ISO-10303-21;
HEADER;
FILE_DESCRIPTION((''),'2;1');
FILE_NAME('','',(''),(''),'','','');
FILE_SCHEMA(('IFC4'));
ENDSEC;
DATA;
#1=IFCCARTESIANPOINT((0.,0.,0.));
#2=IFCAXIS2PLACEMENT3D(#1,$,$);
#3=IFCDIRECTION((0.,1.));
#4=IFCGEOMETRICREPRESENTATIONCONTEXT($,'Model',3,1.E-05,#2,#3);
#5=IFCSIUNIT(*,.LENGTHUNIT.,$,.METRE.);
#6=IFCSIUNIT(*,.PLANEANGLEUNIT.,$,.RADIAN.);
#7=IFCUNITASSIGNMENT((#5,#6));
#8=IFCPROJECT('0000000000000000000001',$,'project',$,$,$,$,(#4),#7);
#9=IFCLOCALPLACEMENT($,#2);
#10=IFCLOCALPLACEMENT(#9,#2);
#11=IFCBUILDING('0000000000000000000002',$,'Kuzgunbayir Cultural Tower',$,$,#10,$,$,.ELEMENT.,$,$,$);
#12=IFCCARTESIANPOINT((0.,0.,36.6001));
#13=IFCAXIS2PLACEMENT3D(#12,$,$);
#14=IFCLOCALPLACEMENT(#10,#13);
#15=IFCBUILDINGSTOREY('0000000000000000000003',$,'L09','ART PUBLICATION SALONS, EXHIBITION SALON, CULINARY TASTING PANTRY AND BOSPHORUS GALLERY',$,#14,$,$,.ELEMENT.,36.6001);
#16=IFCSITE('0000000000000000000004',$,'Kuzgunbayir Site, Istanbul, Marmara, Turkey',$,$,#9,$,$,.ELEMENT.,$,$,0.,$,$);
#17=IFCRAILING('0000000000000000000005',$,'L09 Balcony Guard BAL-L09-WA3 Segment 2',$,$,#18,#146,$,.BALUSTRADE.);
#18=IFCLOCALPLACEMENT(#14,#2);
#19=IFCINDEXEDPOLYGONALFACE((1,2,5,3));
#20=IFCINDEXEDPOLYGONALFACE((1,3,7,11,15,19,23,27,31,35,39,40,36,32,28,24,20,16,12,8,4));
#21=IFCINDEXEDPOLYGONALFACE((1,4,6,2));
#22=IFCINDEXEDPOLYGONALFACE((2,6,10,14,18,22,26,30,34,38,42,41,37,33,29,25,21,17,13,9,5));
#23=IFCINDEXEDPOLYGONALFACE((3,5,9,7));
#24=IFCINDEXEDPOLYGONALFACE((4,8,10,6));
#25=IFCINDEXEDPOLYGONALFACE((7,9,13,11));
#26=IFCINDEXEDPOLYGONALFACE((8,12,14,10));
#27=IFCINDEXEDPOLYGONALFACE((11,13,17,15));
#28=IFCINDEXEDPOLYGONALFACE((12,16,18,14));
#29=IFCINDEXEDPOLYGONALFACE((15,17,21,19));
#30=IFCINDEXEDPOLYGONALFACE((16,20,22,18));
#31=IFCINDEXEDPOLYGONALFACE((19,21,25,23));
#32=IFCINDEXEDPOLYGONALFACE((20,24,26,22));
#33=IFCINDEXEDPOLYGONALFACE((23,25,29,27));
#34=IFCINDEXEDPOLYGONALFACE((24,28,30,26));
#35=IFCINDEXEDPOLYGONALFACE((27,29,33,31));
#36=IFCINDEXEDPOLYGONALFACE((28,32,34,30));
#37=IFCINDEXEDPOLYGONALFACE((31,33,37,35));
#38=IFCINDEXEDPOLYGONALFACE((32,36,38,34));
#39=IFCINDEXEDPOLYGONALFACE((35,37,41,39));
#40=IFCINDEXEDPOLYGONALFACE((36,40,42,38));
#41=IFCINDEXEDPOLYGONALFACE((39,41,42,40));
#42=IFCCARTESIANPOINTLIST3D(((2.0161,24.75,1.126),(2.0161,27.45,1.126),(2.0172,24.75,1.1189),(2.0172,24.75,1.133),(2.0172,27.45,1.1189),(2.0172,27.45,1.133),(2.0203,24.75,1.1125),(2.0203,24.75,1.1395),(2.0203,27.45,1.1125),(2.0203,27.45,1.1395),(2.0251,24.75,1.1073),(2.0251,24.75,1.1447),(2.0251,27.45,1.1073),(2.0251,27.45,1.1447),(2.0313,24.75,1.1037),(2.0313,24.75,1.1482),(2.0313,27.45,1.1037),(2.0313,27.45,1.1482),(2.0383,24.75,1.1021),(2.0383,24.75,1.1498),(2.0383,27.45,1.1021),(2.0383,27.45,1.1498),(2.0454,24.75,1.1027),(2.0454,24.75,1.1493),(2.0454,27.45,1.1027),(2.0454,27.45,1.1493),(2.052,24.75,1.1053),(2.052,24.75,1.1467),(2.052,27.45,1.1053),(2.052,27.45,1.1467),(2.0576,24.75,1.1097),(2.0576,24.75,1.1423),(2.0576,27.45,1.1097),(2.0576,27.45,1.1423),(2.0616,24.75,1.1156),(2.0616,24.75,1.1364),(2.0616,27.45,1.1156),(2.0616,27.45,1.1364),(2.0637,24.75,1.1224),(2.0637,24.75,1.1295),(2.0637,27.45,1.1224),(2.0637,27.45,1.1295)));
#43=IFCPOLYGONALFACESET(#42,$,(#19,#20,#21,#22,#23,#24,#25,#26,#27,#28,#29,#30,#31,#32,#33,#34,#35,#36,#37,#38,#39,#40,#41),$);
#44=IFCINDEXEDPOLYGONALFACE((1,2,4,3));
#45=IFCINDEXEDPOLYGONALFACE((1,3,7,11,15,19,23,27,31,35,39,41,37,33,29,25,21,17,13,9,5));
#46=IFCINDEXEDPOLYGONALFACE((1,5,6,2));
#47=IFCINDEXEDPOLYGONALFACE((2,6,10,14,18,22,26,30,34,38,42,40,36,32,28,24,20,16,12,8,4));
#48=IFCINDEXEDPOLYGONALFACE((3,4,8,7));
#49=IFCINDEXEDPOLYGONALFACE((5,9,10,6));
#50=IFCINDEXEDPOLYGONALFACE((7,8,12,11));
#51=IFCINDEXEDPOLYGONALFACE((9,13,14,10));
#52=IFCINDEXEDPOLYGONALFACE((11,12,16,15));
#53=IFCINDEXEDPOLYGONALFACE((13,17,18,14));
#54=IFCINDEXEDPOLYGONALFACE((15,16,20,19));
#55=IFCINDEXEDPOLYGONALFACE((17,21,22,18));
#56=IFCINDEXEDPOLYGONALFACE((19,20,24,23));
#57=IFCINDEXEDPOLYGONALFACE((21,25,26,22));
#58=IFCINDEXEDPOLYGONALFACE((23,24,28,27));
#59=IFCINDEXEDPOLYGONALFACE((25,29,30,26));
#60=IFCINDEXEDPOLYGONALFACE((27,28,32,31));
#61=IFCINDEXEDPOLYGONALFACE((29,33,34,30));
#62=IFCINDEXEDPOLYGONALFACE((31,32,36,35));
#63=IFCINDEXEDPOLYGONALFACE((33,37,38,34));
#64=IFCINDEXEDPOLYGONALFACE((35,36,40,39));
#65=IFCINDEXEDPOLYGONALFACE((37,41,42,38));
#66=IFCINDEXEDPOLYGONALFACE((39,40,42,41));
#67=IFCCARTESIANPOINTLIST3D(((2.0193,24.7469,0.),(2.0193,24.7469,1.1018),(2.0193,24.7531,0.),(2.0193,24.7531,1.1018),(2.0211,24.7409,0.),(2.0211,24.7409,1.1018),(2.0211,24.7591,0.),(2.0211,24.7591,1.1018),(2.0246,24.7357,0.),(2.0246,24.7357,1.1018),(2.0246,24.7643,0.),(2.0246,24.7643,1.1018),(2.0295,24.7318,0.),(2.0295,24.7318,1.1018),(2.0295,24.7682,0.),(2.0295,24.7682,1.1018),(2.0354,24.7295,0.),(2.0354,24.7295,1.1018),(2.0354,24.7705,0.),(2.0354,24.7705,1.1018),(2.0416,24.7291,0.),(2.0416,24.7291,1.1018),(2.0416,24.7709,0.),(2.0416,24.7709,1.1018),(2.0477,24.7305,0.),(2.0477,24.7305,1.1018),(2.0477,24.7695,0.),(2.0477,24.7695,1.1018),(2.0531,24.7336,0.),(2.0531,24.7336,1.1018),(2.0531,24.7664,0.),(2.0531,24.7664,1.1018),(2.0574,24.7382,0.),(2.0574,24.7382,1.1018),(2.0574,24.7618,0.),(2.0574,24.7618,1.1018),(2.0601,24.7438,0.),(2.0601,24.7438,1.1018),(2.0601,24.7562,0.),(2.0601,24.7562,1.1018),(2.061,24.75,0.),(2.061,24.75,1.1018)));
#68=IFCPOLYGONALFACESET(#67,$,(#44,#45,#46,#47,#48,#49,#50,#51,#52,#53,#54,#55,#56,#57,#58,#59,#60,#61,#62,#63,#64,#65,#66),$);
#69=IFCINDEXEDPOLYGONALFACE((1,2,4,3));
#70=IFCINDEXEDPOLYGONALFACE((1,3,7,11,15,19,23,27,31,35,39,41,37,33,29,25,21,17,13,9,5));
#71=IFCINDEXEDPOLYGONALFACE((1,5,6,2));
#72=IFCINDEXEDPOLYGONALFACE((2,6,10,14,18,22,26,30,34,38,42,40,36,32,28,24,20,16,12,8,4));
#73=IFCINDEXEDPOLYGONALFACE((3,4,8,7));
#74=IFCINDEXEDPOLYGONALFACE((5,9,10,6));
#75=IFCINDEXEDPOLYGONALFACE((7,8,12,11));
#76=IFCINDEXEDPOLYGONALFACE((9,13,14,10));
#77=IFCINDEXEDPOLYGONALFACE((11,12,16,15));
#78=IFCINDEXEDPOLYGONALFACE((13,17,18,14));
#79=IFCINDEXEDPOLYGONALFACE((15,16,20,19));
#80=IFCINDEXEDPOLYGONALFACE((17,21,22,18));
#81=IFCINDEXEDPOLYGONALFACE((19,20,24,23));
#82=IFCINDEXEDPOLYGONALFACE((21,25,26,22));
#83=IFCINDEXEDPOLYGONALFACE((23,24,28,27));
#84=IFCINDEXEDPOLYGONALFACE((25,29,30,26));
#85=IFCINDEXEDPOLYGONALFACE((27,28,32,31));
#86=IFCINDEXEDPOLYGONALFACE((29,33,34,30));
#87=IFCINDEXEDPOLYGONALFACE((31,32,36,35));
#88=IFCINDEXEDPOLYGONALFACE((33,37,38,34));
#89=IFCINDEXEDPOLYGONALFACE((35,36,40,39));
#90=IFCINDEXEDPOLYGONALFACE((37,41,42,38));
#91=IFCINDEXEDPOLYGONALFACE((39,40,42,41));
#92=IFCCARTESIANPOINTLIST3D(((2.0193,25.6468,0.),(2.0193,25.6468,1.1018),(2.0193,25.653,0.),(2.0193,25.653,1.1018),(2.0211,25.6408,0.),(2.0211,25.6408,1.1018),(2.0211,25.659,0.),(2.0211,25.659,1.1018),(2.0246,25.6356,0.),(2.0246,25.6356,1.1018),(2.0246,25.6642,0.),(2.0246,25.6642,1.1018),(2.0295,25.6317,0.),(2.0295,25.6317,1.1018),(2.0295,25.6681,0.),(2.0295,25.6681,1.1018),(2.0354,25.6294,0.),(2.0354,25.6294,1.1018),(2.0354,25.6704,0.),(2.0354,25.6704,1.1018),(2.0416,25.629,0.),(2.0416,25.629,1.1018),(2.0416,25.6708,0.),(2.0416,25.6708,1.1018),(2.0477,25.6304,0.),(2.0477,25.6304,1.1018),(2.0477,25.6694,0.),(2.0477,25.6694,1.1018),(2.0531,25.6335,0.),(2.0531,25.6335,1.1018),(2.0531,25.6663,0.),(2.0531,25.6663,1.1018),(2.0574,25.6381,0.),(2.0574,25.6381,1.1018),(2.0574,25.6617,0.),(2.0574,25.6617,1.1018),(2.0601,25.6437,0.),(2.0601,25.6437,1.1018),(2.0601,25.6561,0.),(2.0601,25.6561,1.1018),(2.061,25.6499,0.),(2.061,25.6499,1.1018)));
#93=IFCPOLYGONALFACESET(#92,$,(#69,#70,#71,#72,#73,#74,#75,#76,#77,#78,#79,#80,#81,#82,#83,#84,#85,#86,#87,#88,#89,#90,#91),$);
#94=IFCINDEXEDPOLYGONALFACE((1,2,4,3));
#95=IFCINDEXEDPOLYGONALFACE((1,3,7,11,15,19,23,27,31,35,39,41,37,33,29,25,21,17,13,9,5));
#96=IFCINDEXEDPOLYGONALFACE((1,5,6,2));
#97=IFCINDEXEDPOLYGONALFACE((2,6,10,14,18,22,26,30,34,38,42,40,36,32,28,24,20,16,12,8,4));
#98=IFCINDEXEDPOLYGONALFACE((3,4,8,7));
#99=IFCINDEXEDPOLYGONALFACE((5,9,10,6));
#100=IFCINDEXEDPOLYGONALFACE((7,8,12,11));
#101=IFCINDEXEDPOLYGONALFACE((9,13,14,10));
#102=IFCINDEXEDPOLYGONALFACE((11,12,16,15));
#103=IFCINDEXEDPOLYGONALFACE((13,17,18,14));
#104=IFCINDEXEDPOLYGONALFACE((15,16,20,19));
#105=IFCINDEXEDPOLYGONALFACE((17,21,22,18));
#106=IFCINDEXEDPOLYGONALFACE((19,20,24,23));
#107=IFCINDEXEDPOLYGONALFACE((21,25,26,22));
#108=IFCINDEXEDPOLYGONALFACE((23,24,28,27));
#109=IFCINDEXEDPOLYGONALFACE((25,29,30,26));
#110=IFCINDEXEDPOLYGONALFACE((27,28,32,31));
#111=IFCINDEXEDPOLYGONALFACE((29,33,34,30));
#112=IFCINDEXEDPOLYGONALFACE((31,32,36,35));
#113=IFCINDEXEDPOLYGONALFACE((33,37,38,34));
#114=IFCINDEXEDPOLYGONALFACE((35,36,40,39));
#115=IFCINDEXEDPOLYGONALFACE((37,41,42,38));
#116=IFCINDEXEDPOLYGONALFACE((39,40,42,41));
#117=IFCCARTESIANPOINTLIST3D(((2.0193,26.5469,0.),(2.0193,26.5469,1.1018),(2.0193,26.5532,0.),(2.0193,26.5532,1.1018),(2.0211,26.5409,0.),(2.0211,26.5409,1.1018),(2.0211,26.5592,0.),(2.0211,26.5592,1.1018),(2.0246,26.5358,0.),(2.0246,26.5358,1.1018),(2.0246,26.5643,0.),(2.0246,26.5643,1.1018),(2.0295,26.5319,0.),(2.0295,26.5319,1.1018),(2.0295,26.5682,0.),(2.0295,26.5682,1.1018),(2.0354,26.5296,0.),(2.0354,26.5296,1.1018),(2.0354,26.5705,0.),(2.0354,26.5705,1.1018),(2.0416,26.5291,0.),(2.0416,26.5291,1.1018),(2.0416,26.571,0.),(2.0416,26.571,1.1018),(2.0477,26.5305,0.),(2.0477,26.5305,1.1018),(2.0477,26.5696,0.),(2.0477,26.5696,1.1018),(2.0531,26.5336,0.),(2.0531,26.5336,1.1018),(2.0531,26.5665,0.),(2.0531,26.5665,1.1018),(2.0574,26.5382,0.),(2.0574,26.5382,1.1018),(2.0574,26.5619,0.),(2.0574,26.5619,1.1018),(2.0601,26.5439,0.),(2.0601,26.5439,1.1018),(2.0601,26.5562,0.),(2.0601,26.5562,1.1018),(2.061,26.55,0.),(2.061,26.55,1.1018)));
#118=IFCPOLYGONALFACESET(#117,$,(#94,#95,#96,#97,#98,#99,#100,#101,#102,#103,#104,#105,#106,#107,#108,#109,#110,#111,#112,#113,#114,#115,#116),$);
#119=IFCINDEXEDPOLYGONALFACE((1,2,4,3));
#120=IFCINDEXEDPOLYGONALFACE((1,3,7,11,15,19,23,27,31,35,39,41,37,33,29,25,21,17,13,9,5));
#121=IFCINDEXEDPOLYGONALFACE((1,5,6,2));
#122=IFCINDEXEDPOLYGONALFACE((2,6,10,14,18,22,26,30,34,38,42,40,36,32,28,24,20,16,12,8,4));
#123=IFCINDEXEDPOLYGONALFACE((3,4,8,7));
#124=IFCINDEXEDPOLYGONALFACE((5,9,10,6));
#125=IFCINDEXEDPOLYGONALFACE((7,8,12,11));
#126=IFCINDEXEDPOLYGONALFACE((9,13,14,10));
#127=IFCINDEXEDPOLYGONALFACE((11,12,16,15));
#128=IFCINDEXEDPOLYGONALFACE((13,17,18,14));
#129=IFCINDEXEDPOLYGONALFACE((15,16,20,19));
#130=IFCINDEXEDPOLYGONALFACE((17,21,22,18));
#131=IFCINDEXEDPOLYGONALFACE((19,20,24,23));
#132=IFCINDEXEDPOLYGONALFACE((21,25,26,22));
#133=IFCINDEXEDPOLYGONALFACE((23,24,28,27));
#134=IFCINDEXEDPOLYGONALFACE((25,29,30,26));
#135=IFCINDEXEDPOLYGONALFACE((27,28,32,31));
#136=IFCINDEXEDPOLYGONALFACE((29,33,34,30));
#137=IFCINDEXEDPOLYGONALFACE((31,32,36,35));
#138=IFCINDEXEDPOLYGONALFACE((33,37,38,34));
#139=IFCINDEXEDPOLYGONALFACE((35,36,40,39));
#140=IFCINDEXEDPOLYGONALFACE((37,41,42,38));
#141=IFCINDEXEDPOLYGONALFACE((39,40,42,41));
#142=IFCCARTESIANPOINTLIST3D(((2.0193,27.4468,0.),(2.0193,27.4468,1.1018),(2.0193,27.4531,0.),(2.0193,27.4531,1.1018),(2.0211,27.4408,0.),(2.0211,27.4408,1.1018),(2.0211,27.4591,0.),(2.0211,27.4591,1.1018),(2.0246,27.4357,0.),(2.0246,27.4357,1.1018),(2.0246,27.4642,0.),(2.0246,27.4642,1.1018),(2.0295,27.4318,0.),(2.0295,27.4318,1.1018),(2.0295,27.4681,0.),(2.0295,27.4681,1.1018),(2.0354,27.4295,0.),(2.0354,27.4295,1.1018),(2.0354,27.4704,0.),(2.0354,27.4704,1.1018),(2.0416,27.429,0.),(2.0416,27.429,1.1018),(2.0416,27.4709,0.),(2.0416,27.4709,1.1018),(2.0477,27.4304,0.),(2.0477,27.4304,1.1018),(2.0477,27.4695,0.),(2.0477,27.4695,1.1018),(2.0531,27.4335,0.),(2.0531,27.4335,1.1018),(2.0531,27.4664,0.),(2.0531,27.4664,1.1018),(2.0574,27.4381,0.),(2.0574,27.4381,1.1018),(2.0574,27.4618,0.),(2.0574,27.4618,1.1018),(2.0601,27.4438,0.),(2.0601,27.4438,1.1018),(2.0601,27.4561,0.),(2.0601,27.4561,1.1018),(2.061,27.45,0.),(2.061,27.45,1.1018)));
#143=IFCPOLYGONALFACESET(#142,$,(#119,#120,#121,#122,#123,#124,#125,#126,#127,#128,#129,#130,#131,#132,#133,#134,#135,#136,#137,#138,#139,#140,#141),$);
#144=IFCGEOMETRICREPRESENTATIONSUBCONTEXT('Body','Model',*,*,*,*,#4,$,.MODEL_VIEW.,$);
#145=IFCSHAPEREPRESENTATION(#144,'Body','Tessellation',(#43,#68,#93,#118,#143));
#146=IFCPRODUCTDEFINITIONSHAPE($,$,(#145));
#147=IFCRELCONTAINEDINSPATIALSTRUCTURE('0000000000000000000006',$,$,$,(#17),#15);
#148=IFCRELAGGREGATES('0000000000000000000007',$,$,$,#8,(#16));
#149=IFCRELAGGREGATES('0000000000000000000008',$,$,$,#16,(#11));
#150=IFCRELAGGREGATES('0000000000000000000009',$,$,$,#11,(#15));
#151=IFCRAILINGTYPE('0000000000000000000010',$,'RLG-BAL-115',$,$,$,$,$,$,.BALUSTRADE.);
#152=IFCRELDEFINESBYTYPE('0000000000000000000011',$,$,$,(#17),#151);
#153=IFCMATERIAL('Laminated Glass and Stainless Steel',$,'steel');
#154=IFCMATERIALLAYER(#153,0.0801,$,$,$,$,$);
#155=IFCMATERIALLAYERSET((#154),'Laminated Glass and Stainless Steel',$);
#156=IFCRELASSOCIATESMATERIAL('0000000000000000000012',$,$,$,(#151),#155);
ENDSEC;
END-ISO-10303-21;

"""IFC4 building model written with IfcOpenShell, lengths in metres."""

from ifc_helpers import new_model, si_unit, direction, frame, origin, origin_2d, place, context, subcontext, project, spatial, circle, extrude, material, layer, layer_set, type_object, element, save


model = new_model("IFC4")

# Units and contexts
model_context = context("Model", 3, precision=1e-05, world=origin(), true_north=direction((0.0, 1.0)))
body_context = subcontext(model_context, "Body", "Model", "MODEL_VIEW")
ifc_project = project(units=[si_unit("LENGTHUNIT", "METRE"), si_unit("PLANEANGLEUNIT", "RADIAN")], contexts=[model_context])

# Site, building, storey
site_placement = place(None, origin())
site = spatial("IfcSite", under=ifc_project, at=site_placement, Name="Kuzgunbayir Site, Istanbul, Marmara, Turkey", CompositionType="ELEMENT", RefElevation=0.0)
building_placement = place(site_placement, origin())
building = spatial("IfcBuilding", under=site, at=building_placement, Name="Kuzgunbayir Cultural Tower", CompositionType="ELEMENT")
storey_placement = place(building_placement, frame((0.0, 0.0, 36.6001)))
storey = spatial("IfcBuildingStorey", under=building, at=storey_placement, Name="L09", Description="ART PUBLICATION SALONS, EXHIBITION SALON, CULINARY TASTING PANTRY AND BOSPHORUS GALLERY", CompositionType="ELEMENT", Elevation=36.6001)

# Railing
ifc_material_1 = material(Name="Laminated Glass and Stainless Steel", Category="steel")
ifc_layer_1 = layer(ifc_material_1, 0.0801)
ifc_layer_set_1 = layer_set([ifc_layer_1], Name="Laminated Glass and Stainless Steel")
railing_type = type_object("IfcRailingType", Name="RLG-BAL-115", PredefinedType="BALUSTRADE", material=ifc_layer_set_1)
railing_1_placement = place(storey_placement, frame((2.04, 24.75, 0.0)))
element("IfcRailing", 1, at=railing_1_placement, inside=storey, type_object=railing_type, Name="L09 Balcony Guard BAL-L09-WA3 Segment 2", PredefinedType="BALUSTRADE", context=body_context, shape_type="SweptSolid", body=[
    extrude(circle(Radius=0.0239, at=origin_2d()), frame((0.0, 0.0, 1.126), z_axis=(0.0, 1.0, 0.0), x_axis=(-1.0, 0.0, 0.0)), (0.0, 0.0, 1.0), 2.7),
    extrude(circle(Radius=0.021, at=origin_2d()), origin(), (0.0, 0.0, 1.0), 1.1018),
    extrude(circle(Radius=0.021, at=origin_2d()), frame((0.0, 0.8999, 0.0)), (0.0, 0.0, 1.0), 1.1018),
    extrude(circle(Radius=0.021, at=origin_2d()), frame((0.0, 1.8, 0.0)), (0.0, 0.0, 1.0), 1.1018),
    extrude(circle(Radius=0.021, at=origin_2d()), frame((0.0, 2.7, 0.0)), (0.0, 0.0, 1.0), 1.1018),
])

save(model, "model.ifc")
